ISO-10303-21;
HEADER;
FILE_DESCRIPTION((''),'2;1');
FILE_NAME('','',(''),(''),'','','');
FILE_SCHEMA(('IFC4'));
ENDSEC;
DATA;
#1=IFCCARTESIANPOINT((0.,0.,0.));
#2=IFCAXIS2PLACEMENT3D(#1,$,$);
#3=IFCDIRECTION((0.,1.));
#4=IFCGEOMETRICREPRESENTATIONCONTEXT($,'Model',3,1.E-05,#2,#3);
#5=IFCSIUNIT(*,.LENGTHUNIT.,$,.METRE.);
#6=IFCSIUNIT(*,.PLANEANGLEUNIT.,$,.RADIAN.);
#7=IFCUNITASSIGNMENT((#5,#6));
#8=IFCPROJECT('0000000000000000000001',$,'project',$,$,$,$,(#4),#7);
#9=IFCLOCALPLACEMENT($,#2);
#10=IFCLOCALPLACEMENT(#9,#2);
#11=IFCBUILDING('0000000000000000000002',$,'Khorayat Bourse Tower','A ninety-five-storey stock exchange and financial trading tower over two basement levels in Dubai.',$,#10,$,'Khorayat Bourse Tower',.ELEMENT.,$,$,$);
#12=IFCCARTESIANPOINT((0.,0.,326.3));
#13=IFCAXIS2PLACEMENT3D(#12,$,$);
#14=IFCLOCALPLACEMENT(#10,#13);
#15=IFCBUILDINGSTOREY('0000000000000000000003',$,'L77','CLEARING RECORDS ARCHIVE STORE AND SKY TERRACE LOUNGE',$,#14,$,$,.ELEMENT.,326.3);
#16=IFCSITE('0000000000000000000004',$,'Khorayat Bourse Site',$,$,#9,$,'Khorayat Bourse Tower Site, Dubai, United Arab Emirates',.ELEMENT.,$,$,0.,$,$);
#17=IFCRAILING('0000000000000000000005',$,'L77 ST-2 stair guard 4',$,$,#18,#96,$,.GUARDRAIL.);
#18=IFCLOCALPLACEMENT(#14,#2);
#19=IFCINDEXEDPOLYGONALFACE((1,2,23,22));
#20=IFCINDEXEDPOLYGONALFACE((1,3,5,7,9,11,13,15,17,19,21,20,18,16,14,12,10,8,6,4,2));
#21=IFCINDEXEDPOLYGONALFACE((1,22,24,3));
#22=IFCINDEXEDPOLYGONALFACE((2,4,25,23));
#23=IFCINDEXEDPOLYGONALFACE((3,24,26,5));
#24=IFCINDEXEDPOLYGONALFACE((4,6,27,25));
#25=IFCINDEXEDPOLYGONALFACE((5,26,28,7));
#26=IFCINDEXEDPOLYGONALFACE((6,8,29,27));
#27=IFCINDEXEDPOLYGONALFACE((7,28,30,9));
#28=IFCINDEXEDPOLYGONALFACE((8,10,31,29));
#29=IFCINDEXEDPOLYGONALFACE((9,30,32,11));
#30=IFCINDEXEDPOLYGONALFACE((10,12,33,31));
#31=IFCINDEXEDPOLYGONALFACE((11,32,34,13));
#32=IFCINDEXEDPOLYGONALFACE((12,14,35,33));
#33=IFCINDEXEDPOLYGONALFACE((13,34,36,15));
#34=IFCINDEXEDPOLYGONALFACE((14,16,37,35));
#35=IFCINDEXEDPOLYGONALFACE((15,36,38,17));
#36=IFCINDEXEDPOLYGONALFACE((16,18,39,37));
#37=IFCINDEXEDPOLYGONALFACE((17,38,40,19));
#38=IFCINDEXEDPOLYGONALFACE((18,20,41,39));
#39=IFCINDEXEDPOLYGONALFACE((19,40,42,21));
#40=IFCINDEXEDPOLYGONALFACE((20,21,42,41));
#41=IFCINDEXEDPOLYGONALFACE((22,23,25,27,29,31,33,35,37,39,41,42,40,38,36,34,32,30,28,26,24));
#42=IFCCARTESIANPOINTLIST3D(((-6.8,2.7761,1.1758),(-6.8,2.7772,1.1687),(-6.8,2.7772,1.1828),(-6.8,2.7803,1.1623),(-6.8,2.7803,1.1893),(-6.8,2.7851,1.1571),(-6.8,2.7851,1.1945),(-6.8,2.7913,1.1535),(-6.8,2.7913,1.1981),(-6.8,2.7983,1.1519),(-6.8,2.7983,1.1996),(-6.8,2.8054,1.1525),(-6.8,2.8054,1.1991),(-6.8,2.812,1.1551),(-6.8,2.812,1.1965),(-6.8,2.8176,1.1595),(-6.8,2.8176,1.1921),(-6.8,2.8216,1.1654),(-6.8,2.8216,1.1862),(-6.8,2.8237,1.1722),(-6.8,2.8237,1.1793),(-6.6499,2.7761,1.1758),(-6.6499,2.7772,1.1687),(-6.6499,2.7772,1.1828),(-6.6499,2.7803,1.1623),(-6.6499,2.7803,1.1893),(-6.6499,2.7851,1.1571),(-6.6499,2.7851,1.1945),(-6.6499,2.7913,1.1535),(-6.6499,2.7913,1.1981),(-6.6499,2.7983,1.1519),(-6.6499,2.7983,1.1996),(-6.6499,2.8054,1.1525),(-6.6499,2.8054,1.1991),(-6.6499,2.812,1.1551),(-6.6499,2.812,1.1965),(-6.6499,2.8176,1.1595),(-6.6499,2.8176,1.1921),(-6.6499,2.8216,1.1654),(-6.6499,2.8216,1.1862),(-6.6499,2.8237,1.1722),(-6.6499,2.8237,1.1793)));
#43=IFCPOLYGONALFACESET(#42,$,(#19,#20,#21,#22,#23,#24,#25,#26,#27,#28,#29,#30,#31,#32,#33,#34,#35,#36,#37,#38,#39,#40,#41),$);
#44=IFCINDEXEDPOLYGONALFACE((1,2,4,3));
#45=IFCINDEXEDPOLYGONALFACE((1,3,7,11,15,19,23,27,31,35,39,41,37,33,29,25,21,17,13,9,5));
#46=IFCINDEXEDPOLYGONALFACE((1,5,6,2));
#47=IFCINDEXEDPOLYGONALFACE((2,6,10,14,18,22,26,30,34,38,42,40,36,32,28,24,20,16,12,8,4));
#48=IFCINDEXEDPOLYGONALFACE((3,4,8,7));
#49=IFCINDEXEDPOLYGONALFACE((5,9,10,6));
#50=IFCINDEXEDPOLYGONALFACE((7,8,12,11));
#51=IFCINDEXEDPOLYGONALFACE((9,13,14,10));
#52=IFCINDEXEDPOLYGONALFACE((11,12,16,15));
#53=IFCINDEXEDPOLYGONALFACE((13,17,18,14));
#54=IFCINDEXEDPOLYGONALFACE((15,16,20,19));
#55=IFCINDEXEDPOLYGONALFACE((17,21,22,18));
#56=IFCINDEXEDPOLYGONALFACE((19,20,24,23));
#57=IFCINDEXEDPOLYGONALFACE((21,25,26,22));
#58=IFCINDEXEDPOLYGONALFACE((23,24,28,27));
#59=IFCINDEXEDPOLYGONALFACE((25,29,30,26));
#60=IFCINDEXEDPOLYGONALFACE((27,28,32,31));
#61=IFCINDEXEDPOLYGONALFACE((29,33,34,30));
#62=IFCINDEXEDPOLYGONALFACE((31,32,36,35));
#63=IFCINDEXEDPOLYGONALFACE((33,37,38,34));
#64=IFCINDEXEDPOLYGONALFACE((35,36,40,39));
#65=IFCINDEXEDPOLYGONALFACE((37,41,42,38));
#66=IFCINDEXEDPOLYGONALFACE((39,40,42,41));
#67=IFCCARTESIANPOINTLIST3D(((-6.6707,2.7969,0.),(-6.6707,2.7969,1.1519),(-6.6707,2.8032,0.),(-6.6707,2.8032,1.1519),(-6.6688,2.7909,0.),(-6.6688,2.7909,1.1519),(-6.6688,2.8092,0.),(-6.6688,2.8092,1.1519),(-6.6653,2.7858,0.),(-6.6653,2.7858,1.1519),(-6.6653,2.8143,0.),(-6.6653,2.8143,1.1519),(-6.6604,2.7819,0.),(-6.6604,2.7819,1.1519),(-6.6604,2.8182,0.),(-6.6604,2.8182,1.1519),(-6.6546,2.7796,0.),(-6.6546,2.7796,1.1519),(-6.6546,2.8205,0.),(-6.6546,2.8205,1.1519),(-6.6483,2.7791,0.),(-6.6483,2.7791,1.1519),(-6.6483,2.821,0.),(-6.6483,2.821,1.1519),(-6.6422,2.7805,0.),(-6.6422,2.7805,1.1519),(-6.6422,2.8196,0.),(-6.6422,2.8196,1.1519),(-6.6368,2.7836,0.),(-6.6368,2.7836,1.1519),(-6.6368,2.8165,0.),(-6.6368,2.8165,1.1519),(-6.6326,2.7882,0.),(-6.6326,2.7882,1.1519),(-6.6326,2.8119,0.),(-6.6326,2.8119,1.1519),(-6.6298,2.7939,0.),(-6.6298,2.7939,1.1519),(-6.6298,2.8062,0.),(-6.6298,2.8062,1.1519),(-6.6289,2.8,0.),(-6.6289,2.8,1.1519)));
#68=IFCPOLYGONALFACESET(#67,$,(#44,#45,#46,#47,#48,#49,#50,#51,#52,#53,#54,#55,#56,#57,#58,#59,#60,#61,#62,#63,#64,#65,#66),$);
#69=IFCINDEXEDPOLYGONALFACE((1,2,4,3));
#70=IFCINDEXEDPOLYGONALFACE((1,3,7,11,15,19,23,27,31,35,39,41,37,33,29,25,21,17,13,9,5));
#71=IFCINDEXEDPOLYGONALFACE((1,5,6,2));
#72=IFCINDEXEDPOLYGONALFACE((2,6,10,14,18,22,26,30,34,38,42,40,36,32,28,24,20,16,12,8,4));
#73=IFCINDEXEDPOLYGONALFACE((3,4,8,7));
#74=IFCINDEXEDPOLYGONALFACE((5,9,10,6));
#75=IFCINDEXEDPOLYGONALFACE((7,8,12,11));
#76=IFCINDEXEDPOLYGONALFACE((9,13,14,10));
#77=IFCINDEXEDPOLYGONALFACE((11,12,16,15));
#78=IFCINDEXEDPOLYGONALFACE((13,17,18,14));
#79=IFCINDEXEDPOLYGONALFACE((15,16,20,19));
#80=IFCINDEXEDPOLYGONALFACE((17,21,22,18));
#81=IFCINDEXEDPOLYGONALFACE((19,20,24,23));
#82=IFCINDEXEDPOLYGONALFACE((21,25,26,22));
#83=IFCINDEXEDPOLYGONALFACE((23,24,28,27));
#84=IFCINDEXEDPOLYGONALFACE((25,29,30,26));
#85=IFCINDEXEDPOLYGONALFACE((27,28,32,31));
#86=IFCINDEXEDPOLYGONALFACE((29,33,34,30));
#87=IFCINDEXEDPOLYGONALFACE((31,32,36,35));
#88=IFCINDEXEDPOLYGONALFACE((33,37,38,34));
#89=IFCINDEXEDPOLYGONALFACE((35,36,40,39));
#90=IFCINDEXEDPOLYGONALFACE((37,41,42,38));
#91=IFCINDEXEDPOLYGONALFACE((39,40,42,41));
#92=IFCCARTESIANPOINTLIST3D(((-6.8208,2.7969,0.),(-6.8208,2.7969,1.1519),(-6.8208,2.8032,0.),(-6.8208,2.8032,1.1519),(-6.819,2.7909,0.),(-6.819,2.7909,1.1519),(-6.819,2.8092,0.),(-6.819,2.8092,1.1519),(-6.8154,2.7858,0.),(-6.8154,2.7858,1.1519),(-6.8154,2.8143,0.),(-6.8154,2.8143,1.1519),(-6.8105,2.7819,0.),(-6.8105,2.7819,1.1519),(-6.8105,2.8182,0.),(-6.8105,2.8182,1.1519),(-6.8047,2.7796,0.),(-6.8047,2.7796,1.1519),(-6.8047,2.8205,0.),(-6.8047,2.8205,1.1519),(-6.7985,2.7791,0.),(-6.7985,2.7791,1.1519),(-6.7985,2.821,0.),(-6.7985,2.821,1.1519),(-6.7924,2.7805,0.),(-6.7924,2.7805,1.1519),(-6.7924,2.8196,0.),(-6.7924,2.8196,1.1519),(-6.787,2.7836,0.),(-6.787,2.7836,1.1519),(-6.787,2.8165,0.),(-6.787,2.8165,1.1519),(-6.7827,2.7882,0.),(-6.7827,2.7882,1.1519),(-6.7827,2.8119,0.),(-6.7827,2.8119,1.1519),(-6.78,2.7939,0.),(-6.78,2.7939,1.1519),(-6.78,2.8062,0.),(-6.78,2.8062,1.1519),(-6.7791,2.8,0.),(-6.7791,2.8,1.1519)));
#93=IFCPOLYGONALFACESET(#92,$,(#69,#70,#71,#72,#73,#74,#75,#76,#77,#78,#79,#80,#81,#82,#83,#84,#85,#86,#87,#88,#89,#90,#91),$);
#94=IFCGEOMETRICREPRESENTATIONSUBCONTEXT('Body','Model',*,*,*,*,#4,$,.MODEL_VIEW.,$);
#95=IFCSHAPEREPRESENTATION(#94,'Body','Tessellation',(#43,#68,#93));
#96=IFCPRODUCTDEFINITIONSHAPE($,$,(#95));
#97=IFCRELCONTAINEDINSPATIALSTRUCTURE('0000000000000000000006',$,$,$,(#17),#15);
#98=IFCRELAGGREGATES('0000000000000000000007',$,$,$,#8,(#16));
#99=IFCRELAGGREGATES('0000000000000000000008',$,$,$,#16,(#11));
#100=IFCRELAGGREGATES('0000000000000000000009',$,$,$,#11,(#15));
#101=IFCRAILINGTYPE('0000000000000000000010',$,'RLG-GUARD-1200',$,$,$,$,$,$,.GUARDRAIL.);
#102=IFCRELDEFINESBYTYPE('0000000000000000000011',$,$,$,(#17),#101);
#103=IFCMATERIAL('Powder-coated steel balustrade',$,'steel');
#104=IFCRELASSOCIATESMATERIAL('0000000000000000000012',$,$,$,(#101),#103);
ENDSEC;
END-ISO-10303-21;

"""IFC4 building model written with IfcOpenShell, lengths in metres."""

from ifc_helpers import new_model, si_unit, direction, frame, origin, origin_2d, place, context, subcontext, project, spatial, circle, extrude, source, transform, mapped, material, type_object, element, save


model = new_model("IFC4")

# Units and contexts
model_context = context("Model", 3, precision=1e-05, world=origin(), true_north=direction((0.0, 1.0)))
body_context = subcontext(model_context, "Body", "Model", "MODEL_VIEW")
ifc_project = project(units=[si_unit("LENGTHUNIT", "METRE"), si_unit("PLANEANGLEUNIT", "RADIAN")], contexts=[model_context])

# Site, building, storey
site_placement = place(None, origin())
site = spatial("IfcSite", under=ifc_project, at=site_placement, Name="Khorayat Bourse Site", LongName="Khorayat Bourse Tower Site, Dubai, United Arab Emirates", CompositionType="ELEMENT", RefElevation=0.0)
building_placement = place(site_placement, origin())
building = spatial("IfcBuilding", under=site, at=building_placement, Name="Khorayat Bourse Tower", Description="A ninety-five-storey stock exchange and financial trading tower over two basement levels in Dubai.", LongName="Khorayat Bourse Tower", CompositionType="ELEMENT")
storey_placement = place(building_placement, frame((0.0, 0.0, 326.3)))
storey = spatial("IfcBuildingStorey", under=building, at=storey_placement, Name="L77", Description="CLEARING RECORDS ARCHIVE STORE AND SKY TERRACE LOUNGE", CompositionType="ELEMENT", Elevation=326.3)

# Railing
ifc_material_1 = material(Name="Powder-coated steel balustrade", Category="steel")
railing_type_1 = type_object("IfcRailingType", Name="RLG-GUARD-1200", PredefinedType="GUARDRAIL", material=ifc_material_1)
shared_shape_1 = source(origin(), body_context, "Body", "SweptSolid", [
    extrude(circle(Radius=0.0239, at=origin_2d()), frame((0.0, 0.0, 1.1758), z_axis=(-1.0, 0.0, 0.0), x_axis=(0.0, -1.0, 0.0)), (0.0, 0.0, 1.0), 0.1501),
    extrude(circle(Radius=0.021, at=origin_2d()), origin(), (0.0, 0.0, 1.0), 1.1519),
    extrude(circle(Radius=0.021, at=origin_2d()), frame((-0.1501, 0.0, 0.0)), (0.0, 0.0, 1.0), 1.1519),
])
for number, where, name in (
    (1, (-6.6499, 2.8, 0.0), "L77 ST-2 stair guard 4"),
):
    element("IfcRailing", number, at=place(storey_placement, frame(where)), inside=storey, type_object=railing_type_1, Name=name, PredefinedType="GUARDRAIL", context=body_context, shape_type="MappedRepresentation", body=[
        mapped(shared_shape_1, transform((0.0, 0.0, 0.0), scale=1.0)),
    ])

save(model, "model.ifc")
